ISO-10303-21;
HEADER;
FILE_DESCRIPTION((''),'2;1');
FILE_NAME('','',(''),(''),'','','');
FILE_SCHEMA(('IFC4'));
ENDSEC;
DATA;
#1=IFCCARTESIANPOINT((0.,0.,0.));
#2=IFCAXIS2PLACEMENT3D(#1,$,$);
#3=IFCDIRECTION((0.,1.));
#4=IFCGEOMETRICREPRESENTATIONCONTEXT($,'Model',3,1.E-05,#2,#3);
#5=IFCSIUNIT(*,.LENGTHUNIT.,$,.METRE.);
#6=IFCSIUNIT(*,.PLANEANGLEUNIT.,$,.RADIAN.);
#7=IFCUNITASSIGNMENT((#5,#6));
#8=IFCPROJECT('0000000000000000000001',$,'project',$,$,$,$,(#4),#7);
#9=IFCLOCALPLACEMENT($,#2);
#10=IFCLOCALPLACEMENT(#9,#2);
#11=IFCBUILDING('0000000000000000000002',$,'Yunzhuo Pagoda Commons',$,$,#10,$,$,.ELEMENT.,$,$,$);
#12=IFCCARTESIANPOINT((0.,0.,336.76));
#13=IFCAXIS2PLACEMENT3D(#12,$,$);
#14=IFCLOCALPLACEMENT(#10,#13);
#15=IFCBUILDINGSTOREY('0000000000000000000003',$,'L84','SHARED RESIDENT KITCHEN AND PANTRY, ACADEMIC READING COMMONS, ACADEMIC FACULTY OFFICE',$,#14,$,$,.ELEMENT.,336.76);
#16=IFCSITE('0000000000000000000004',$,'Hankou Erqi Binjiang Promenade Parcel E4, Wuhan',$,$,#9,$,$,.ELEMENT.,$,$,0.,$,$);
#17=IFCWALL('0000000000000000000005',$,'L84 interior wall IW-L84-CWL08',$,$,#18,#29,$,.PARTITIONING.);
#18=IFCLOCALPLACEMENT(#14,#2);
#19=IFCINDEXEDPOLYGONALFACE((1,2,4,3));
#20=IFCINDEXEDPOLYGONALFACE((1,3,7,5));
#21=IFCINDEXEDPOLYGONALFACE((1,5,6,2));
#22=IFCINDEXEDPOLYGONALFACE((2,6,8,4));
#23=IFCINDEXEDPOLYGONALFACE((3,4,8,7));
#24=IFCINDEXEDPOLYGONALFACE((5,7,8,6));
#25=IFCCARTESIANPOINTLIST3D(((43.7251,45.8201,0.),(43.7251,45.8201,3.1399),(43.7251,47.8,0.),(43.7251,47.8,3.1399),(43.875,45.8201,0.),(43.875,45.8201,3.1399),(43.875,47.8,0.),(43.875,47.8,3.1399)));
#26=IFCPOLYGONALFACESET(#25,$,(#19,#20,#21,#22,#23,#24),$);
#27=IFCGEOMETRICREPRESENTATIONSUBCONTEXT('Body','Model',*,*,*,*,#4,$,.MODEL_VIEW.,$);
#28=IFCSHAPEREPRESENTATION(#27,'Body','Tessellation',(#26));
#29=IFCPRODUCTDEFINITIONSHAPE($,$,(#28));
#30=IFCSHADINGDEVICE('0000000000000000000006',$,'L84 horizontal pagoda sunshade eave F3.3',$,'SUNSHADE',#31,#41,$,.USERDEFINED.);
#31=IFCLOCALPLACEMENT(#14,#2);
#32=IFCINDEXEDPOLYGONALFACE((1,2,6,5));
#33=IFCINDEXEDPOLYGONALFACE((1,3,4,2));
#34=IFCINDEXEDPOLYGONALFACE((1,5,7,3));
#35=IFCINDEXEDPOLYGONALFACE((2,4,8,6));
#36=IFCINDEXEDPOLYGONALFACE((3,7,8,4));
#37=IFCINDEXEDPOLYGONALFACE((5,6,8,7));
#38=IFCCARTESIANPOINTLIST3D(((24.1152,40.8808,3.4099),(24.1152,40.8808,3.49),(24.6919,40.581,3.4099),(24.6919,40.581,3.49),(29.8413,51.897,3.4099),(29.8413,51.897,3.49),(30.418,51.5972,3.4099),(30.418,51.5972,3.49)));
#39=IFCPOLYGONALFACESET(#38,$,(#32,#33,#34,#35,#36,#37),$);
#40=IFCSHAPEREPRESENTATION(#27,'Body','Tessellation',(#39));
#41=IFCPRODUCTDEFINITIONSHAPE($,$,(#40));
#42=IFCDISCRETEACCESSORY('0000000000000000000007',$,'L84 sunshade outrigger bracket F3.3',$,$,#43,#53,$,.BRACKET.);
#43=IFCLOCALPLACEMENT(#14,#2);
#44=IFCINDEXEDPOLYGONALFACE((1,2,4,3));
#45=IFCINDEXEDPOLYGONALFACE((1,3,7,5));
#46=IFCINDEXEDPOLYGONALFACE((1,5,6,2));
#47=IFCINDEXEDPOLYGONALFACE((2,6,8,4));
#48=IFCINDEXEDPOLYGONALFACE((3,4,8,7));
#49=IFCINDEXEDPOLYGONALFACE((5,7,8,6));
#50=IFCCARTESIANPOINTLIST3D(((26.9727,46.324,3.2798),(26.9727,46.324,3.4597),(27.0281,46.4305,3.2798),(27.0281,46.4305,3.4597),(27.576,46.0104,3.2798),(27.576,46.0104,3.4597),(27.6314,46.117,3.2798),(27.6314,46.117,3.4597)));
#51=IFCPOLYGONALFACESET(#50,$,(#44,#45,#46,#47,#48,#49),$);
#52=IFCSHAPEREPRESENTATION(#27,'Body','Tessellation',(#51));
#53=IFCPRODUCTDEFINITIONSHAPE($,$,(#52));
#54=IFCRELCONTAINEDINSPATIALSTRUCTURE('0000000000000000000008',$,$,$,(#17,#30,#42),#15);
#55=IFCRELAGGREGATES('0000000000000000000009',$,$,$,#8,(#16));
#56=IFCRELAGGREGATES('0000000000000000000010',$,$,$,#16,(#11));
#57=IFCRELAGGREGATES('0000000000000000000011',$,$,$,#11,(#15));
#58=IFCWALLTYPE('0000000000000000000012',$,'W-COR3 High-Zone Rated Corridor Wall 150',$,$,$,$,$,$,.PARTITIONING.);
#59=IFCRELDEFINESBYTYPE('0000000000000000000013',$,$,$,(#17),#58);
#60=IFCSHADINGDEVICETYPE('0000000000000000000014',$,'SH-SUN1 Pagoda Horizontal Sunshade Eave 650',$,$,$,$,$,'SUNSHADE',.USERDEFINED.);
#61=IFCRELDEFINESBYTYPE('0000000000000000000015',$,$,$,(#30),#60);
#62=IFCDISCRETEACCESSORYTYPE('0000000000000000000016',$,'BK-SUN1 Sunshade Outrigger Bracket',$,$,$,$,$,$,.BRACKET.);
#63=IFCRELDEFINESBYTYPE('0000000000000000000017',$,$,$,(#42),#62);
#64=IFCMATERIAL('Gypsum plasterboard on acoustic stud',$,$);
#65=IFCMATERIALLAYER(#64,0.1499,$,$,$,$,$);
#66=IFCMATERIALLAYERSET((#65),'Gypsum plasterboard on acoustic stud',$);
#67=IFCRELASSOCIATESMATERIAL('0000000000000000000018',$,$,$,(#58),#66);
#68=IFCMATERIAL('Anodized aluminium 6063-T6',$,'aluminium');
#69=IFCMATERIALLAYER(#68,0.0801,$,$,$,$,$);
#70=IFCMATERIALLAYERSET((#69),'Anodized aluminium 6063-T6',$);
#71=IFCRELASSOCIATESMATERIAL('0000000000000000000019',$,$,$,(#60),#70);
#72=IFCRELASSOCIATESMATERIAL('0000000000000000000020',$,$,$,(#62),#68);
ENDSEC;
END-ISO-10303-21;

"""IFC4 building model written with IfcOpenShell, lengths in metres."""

from ifc_helpers import new_model, si_unit, direction, frame, frame_2d, origin, origin_2d, place, context, subcontext, project, spatial, rectangle, extrude, source, transform, mapped, material, layer, layer_set, type_object, element, save


model = new_model("IFC4")

# Units and contexts
model_context = context("Model", 3, precision=1e-05, world=origin(), true_north=direction((0.0, 1.0)))
body_context = subcontext(model_context, "Body", "Model", "MODEL_VIEW")
ifc_project = project(units=[si_unit("LENGTHUNIT", "METRE"), si_unit("PLANEANGLEUNIT", "RADIAN")], contexts=[model_context])

# Site, building, storey
site_placement = place(None, origin())
site = spatial("IfcSite", under=ifc_project, at=site_placement, Name="Hankou Erqi Binjiang Promenade Parcel E4, Wuhan", CompositionType="ELEMENT", RefElevation=0.0)
building_placement = place(site_placement, origin())
building = spatial("IfcBuilding", under=site, at=building_placement, Name="Yunzhuo Pagoda Commons", CompositionType="ELEMENT")
storey_placement = place(building_placement, frame((0.0, 0.0, 336.76)))
storey = spatial("IfcBuildingStorey", under=building, at=storey_placement, Name="L84", Description="SHARED RESIDENT KITCHEN AND PANTRY, ACADEMIC READING COMMONS, ACADEMIC FACULTY OFFICE", CompositionType="ELEMENT", Elevation=336.76)

# Shared definitions
ifc_material_1 = material(Name="Anodized aluminium 6063-T6", Category="aluminium")

# Wall
ifc_material_2 = material(Name="Gypsum plasterboard on acoustic stud")
ifc_layer_1 = layer(ifc_material_2, 0.1499)
ifc_layer_set_1 = layer_set([ifc_layer_1], Name="Gypsum plasterboard on acoustic stud")
wall_type = type_object("IfcWallType", Name="W-COR3 High-Zone Rated Corridor Wall 150", PredefinedType="PARTITIONING", material=ifc_layer_set_1)
wall_1_placement = place(storey_placement, frame((43.8, 47.8, 0.0), z_axis=(0.0, 0.0, 1.0), x_axis=(0.0, -1.0, 0.0)))
element("IfcWall", 1, at=wall_1_placement, inside=storey, type_object=wall_type, Name="L84 interior wall IW-L84-CWL08", PredefinedType="PARTITIONING", context=body_context, shape_type="SweptSolid", body=[
    extrude(rectangle(XDim=1.98, YDim=0.1499, at=frame_2d((0.99, 0.0))), origin(), (0.0, 0.0, 1.0), 3.1399),
])

# Shading device
ifc_layer_2 = layer(ifc_material_1, 0.0801)
ifc_layer_set_2 = layer_set([ifc_layer_2], Name="Anodized aluminium 6063-T6")
shading_device_type = type_object("IfcShadingDeviceType", Name="SH-SUN1 Pagoda Horizontal Sunshade Eave 650", ElementType="SUNSHADE", PredefinedType="USERDEFINED", material=ifc_layer_set_2)
shared_shape_1 = source(origin(), body_context, "Body", "SweptSolid", [
    extrude(rectangle(XDim=12.4155, YDim=0.6499, at=origin_2d()), origin(), (0.0, 0.0, 1.0), 0.0801),
])
shading_device_placement = place(storey_placement, frame((27.2666, 46.239, 3.4099), z_axis=(0.0, 0.0, 1.0), x_axis=(-0.461207, -0.887293, 0.0)))
element("IfcShadingDevice", 2, at=shading_device_placement, inside=storey, type_object=shading_device_type, Name="L84 horizontal pagoda sunshade eave F3.3", ObjectType="SUNSHADE", PredefinedType="USERDEFINED", context=body_context, shape_type="MappedRepresentation", body=[
    mapped(shared_shape_1, transform((0.0, 0.0, 0.0), scale=1.0)),
])

# Discrete accessory
discrete_accessory_type = type_object("IfcDiscreteAccessoryType", Name="BK-SUN1 Sunshade Outrigger Bracket", PredefinedType="BRACKET", material=ifc_material_1)
shared_shape_2 = source(origin(), body_context, "Body", "SweptSolid", [
    extrude(rectangle(XDim=0.1201, YDim=0.6799, at=origin_2d()), origin(), (0.0, 0.0, 1.0), 0.1799),
])
discrete_accessory_placement = place(storey_placement, frame((27.302, 46.2205, 3.2798), z_axis=(0.0, 0.0, 1.0), x_axis=(-0.461207, -0.887293, 0.0)))
element("IfcDiscreteAccessory", 3, at=discrete_accessory_placement, inside=storey, type_object=discrete_accessory_type, Name="L84 sunshade outrigger bracket F3.3", PredefinedType="BRACKET", context=body_context, shape_type="MappedRepresentation", body=[
    mapped(shared_shape_2, transform((0.0, 0.0, 0.0), scale=1.0)),
])

save(model, "model.ifc")
